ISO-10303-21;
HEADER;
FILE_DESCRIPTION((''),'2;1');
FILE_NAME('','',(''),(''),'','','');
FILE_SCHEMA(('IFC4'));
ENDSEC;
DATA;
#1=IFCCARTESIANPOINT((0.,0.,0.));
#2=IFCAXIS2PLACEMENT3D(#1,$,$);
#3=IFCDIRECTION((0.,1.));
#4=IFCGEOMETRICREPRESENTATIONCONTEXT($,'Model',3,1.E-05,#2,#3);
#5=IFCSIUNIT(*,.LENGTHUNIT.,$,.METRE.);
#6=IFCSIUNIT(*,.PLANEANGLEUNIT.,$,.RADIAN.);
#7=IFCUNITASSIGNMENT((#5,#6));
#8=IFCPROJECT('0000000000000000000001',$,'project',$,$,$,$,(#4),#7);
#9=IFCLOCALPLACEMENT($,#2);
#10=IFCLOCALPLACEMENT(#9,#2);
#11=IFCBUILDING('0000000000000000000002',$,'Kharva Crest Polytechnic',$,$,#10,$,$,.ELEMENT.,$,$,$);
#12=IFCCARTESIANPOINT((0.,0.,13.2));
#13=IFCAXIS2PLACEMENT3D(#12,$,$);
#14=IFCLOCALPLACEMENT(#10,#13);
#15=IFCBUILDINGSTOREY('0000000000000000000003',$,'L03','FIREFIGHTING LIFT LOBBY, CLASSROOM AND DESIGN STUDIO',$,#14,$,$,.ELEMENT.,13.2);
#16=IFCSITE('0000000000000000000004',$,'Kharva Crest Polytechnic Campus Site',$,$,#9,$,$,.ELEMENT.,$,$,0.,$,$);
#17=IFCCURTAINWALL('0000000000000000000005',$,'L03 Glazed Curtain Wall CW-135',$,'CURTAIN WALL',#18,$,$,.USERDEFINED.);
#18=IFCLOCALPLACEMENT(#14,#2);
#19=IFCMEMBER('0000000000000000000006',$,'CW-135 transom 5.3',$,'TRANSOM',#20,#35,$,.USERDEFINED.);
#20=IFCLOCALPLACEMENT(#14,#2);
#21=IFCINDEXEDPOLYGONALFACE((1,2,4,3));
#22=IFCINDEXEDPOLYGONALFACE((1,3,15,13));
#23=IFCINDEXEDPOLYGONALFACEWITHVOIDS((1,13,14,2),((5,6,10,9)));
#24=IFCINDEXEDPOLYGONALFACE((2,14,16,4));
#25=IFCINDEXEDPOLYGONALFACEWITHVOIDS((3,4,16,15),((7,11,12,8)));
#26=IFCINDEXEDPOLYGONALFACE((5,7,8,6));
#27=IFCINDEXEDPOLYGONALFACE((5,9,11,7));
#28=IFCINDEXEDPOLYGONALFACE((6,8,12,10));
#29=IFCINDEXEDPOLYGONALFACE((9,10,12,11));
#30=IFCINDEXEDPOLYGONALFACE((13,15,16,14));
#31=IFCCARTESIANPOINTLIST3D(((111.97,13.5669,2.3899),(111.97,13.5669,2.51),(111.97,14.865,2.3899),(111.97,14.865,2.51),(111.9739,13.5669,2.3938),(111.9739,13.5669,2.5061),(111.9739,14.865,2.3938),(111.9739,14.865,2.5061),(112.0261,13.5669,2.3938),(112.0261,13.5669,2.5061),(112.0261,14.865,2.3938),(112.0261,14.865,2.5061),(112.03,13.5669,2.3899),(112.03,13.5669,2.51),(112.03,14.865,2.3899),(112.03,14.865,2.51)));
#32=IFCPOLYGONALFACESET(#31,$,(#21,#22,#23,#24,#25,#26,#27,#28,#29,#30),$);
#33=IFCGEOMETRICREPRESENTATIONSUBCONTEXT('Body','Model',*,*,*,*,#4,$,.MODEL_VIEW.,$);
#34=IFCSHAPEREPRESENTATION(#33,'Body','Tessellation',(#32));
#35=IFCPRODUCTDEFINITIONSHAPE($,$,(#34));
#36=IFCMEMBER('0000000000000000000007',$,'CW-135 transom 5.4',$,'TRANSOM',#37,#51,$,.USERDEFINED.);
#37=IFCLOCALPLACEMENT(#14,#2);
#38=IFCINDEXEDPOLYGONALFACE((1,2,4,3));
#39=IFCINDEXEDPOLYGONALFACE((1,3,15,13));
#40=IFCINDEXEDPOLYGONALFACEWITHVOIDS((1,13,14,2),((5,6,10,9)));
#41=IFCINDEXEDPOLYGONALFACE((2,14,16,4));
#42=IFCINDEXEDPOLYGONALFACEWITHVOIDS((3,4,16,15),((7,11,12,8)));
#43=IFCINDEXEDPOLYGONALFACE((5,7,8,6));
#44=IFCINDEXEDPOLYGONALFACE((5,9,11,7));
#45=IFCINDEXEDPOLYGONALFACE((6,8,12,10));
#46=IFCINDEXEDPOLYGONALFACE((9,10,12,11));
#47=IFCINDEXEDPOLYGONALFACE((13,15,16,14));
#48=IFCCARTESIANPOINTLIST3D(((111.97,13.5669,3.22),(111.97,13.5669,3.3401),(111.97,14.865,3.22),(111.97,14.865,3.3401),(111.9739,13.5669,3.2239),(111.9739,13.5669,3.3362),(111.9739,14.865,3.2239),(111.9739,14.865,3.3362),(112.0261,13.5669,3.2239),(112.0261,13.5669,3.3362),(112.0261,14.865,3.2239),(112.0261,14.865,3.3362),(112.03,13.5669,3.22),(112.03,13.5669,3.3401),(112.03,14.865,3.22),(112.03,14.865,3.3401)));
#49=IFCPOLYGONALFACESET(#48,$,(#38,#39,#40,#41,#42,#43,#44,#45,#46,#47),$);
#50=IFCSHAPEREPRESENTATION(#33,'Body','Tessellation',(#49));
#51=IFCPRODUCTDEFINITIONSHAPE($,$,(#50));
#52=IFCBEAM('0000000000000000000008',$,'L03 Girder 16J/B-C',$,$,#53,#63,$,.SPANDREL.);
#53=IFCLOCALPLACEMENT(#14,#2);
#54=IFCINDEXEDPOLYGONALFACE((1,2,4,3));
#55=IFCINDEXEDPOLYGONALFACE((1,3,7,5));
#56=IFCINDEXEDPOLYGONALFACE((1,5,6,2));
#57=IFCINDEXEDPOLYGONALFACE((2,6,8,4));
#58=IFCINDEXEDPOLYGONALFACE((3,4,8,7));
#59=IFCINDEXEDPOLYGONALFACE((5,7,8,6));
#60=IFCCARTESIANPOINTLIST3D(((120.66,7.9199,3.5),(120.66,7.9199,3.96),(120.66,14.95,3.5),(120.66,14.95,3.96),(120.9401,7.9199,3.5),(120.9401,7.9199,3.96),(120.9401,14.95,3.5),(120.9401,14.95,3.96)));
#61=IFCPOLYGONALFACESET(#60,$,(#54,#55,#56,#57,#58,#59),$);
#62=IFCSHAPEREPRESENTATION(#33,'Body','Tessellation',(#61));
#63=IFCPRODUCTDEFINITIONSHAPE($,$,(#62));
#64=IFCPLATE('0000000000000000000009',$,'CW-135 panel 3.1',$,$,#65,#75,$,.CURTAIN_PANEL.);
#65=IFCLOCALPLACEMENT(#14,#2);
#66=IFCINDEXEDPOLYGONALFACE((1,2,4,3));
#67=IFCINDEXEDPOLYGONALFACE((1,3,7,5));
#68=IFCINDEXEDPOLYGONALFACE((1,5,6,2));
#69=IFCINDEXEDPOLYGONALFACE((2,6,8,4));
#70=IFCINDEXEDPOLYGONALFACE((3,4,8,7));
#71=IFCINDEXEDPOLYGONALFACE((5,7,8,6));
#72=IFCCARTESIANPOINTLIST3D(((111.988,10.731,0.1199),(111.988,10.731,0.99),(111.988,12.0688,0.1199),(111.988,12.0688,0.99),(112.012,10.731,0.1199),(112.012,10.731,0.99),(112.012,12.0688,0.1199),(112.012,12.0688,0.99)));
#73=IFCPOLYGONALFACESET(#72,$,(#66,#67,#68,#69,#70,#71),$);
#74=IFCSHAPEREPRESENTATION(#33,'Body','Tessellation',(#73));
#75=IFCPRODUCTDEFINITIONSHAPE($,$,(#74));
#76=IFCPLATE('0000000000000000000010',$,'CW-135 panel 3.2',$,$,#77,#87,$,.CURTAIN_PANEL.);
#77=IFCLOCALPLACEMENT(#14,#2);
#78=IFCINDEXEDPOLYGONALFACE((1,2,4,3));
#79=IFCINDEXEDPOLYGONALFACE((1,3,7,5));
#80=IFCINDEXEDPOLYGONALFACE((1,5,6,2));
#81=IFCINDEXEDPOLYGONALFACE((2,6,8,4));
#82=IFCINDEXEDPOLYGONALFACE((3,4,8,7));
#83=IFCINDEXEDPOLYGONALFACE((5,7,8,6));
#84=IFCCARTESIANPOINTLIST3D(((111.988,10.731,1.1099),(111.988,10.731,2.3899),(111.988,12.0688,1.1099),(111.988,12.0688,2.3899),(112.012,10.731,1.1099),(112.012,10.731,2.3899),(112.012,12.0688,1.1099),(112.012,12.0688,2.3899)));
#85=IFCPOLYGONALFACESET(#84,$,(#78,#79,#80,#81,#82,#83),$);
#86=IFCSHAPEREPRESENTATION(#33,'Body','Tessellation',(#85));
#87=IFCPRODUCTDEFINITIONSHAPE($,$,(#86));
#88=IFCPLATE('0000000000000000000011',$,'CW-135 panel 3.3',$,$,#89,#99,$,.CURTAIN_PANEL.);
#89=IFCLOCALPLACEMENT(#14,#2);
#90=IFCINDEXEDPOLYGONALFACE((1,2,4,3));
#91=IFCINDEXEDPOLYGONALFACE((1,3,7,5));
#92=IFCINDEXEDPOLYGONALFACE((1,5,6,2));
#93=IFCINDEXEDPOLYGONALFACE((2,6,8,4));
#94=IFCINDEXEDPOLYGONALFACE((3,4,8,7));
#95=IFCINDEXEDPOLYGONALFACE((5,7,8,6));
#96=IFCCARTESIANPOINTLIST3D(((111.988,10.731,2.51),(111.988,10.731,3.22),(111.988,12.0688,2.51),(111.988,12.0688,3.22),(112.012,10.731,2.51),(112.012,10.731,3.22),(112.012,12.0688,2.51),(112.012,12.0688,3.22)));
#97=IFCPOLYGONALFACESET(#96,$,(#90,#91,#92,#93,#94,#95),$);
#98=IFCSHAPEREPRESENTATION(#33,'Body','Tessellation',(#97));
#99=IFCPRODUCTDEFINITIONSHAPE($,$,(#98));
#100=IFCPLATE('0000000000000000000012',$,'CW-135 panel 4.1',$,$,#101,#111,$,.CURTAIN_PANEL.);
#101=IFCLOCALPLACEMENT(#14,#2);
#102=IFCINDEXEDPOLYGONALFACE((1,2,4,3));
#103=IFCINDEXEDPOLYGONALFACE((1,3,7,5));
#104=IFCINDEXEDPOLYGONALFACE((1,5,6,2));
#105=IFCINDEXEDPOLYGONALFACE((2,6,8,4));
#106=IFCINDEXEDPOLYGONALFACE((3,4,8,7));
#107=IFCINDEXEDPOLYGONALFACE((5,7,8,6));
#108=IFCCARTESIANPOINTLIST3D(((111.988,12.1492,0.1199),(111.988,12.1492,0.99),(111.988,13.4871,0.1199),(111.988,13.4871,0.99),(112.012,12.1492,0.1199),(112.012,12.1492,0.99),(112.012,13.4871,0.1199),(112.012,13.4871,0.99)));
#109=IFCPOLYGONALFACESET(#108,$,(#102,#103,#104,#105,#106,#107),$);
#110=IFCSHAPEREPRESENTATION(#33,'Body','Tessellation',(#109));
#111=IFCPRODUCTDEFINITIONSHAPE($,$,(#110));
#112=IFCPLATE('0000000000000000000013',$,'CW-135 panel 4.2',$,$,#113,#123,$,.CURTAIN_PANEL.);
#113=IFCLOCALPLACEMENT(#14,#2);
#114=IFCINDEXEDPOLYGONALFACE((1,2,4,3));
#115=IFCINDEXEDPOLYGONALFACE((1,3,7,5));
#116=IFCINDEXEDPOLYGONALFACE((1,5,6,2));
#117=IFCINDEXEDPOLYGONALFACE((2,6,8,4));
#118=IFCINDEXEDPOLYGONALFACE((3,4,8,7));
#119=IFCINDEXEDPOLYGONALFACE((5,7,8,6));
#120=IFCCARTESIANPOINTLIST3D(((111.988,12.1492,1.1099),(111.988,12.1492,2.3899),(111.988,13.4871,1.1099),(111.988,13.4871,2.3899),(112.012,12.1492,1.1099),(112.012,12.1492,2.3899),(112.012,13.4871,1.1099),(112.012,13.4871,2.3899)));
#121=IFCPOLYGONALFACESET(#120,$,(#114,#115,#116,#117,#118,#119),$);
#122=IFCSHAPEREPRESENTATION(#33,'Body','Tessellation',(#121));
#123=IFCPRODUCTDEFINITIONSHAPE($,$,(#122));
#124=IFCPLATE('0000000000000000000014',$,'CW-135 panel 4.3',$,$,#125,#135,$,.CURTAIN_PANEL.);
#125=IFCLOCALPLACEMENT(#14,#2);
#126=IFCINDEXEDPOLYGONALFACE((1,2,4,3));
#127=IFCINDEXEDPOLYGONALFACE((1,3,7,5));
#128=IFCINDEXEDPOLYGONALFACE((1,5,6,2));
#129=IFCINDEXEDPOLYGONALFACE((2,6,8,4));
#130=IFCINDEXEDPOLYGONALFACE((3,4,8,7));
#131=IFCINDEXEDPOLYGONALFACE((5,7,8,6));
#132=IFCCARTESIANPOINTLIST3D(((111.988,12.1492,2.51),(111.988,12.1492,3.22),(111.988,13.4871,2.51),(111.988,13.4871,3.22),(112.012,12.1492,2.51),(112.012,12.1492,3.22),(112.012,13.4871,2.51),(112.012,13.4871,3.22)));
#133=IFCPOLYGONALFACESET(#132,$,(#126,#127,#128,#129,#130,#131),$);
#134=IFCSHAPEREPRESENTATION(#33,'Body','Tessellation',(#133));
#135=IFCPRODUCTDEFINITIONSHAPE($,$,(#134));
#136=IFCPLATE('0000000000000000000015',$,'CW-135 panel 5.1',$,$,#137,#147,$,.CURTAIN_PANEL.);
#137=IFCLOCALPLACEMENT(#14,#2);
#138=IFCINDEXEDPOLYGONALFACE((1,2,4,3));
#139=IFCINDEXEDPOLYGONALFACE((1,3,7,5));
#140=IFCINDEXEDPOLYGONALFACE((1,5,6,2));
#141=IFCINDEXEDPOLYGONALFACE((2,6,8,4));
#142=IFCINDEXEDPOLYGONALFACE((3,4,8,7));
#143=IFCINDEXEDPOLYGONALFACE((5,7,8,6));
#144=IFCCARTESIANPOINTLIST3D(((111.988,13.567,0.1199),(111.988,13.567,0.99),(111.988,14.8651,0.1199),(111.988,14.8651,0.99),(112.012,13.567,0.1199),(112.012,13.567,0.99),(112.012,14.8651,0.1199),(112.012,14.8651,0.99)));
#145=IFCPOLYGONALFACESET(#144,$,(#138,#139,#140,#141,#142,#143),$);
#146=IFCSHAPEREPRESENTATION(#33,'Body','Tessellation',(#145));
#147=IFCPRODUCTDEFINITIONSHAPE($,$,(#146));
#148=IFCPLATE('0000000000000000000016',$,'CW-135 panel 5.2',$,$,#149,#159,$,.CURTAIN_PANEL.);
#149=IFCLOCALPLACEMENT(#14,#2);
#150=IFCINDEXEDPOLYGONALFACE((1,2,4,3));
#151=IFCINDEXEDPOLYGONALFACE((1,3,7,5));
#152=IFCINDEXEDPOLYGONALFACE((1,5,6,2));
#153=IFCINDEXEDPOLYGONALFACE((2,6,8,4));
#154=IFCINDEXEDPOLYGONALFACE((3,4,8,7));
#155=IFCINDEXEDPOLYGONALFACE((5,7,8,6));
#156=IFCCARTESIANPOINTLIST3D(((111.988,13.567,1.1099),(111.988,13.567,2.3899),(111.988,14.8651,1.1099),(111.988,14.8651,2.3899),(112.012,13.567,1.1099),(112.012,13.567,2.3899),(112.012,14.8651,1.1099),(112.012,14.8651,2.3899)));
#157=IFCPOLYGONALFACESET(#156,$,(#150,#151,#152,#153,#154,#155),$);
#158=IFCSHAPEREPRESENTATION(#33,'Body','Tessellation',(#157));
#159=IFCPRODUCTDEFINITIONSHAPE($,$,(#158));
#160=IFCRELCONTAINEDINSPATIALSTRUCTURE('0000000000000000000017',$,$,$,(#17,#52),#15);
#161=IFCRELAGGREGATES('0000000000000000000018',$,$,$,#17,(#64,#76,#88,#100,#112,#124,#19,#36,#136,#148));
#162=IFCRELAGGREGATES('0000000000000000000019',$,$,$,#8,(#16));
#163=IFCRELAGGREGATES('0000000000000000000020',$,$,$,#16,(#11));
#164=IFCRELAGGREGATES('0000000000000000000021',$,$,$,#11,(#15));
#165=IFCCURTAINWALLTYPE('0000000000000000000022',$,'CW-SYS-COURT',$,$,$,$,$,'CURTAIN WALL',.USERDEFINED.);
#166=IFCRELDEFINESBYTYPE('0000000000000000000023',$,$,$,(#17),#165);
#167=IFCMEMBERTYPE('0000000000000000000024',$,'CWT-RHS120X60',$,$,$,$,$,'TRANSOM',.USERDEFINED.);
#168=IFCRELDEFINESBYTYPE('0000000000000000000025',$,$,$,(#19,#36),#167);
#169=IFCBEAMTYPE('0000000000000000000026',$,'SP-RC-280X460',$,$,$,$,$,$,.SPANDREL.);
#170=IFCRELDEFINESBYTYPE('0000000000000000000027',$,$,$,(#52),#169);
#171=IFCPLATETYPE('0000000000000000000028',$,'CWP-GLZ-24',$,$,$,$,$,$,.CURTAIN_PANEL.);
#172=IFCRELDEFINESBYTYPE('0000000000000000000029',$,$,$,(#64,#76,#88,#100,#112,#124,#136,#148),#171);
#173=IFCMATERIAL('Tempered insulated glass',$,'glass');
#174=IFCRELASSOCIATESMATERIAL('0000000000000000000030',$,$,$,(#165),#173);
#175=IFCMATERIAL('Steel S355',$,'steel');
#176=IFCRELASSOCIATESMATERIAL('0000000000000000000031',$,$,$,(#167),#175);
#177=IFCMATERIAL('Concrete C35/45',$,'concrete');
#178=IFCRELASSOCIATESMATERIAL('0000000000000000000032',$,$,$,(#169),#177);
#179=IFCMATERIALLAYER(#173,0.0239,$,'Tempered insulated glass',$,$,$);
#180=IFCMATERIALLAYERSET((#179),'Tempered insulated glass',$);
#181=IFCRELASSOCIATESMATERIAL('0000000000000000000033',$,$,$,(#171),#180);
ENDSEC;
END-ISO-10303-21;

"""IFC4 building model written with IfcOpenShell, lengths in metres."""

from ifc_helpers import new_model, si_unit, direction, frame, origin, origin_2d, place, context, subcontext, project, spatial, rectangle, hollow_rectangle, extrude, material, layer, layer_set, material_profile, profile_set, type_object, element, aggregate, save


model = new_model("IFC4")

# Units and contexts
model_context = context("Model", 3, precision=1e-05, world=origin(), true_north=direction((0.0, 1.0)))
body_context = subcontext(model_context, "Body", "Model", "MODEL_VIEW")
ifc_project = project(units=[si_unit("LENGTHUNIT", "METRE"), si_unit("PLANEANGLEUNIT", "RADIAN")], contexts=[model_context])

# Site, building, storey
site_placement = place(None, origin())
site = spatial("IfcSite", under=ifc_project, at=site_placement, Name="Kharva Crest Polytechnic Campus Site", CompositionType="ELEMENT", RefElevation=0.0)
building_placement = place(site_placement, origin())
building = spatial("IfcBuilding", under=site, at=building_placement, Name="Kharva Crest Polytechnic", CompositionType="ELEMENT")
storey_placement = place(building_placement, frame((0.0, 0.0, 13.2)))
storey = spatial("IfcBuildingStorey", under=building, at=storey_placement, Name="L03", Description="FIREFIGHTING LIFT LOBBY, CLASSROOM AND DESIGN STUDIO", CompositionType="ELEMENT", Elevation=13.2)

# Curtain wall, members
ifc_material_1 = material(Name="Tempered insulated glass", Category="glass")
curtain_wall_type = type_object("IfcCurtainWallType", Name="CW-SYS-COURT", ElementType="CURTAIN WALL", PredefinedType="USERDEFINED", material=ifc_material_1)
curtain_wall_placement = place(storey_placement, origin())
curtain_wall = element("IfcCurtainWall", 1, at=curtain_wall_placement, inside=storey, type_object=curtain_wall_type, Name="L03 Glazed Curtain Wall CW-135", ObjectType="CURTAIN WALL", PredefinedType="USERDEFINED")
ifc_material_2 = material(Name="Steel S355", Category="steel")
ifc_material_profile_1 = material_profile(ifc_material_2, hollow_rectangle(XDim=0.0601, YDim=0.1201, WallThickness=0.0039, at=origin_2d()), Name="RHS 120X60X4.0")
ifc_profile_set_1 = profile_set([ifc_material_profile_1], Name="Steel S355")
member_type_1 = type_object("IfcMemberType", Name="CWT-RHS120X60", ElementType="TRANSOM", PredefinedType="USERDEFINED", material=ifc_profile_set_1)
member_1_placement = place(storey_placement, frame((112.0, 13.5669, 2.45), z_axis=(0.0, 1.0, 0.0), x_axis=(-1.0, 0.0, 0.0)))
member_1 = element("IfcMember", 2, at=member_1_placement, type_object=member_type_1, Name="CW-135 transom 5.3", ObjectType="TRANSOM", PredefinedType="USERDEFINED", context=body_context, shape_type="SweptSolid", body=[
    extrude(hollow_rectangle(XDim=0.0601, YDim=0.1201, WallThickness=0.0039, at=origin_2d()), origin(), (0.0, 0.0, 1.0), 1.2981),
])
member_2_placement = place(storey_placement, frame((112.0, 13.5669, 3.28), z_axis=(0.0, 1.0, 0.0), x_axis=(-1.0, 0.0, 0.0)))
member_2 = element("IfcMember", 3, at=member_2_placement, type_object=member_type_1, Name="CW-135 transom 5.4", ObjectType="TRANSOM", PredefinedType="USERDEFINED", context=body_context, shape_type="SweptSolid", body=[
    extrude(hollow_rectangle(XDim=0.0601, YDim=0.1201, WallThickness=0.0039, at=origin_2d()), origin(), (0.0, 0.0, 1.0), 1.2981),
])

# Beam
ifc_material_3 = material(Name="Concrete C35/45", Category="concrete")
ifc_material_profile_2 = material_profile(ifc_material_3, rectangle(XDim=0.28, YDim=0.46, at=origin_2d()), Name="RECT 280 X 460")
ifc_profile_set_2 = profile_set([ifc_material_profile_2], Name="Concrete C35/45")
beam_type = type_object("IfcBeamType", Name="SP-RC-280X460", PredefinedType="SPANDREL", material=ifc_profile_set_2)
beam_placement = place(storey_placement, frame((120.8, 7.9199, 3.73), z_axis=(0.0, 1.0, 0.0), x_axis=(-1.0, 0.0, 0.0)))
element("IfcBeam", 4, at=beam_placement, inside=storey, type_object=beam_type, Name="L03 Girder 16J/B-C", PredefinedType="SPANDREL", context=body_context, shape_type="SweptSolid", body=[
    extrude(rectangle(XDim=0.28, YDim=0.46, at=origin_2d()), origin(), (0.0, 0.0, 1.0), 7.03),
])

# Plates
ifc_layer = layer(ifc_material_1, 0.0239, Name="Tempered insulated glass")
ifc_layer_set = layer_set([ifc_layer], Name="Tempered insulated glass")
plate_type = type_object("IfcPlateType", Name="CWP-GLZ-24", PredefinedType="CURTAIN_PANEL", material=ifc_layer_set)
plate_1_placement = place(storey_placement, frame((112.0, 11.3999, 0.1199), z_axis=(0.0, 0.0, 1.0), x_axis=(0.0, 1.0, 0.0)))
plate_1 = element("IfcPlate", 5, at=plate_1_placement, type_object=plate_type, Name="CW-135 panel 3.1", PredefinedType="CURTAIN_PANEL", context=body_context, shape_type="SweptSolid", body=[
    extrude(rectangle(XDim=1.3379, YDim=0.0239, at=origin_2d()), origin(), (0.0, 0.0, 1.0), 0.8701),
])
plate_2_placement = place(storey_placement, frame((112.0, 11.3999, 1.1099), z_axis=(0.0, 0.0, 1.0), x_axis=(0.0, 1.0, 0.0)))
plate_2 = element("IfcPlate", 6, at=plate_2_placement, type_object=plate_type, Name="CW-135 panel 3.2", PredefinedType="CURTAIN_PANEL", context=body_context, shape_type="SweptSolid", body=[
    extrude(rectangle(XDim=1.3379, YDim=0.0239, at=origin_2d()), origin(), (0.0, 0.0, 1.0), 1.28),
])
plate_3_placement = place(storey_placement, frame((112.0, 11.3999, 2.51), z_axis=(0.0, 0.0, 1.0), x_axis=(0.0, 1.0, 0.0)))
plate_3 = element("IfcPlate", 7, at=plate_3_placement, type_object=plate_type, Name="CW-135 panel 3.3", PredefinedType="CURTAIN_PANEL", context=body_context, shape_type="SweptSolid", body=[
    extrude(rectangle(XDim=1.3379, YDim=0.0239, at=origin_2d()), origin(), (0.0, 0.0, 1.0), 0.71),
])
plate_4_placement = place(storey_placement, frame((112.0, 12.8181, 0.1199), z_axis=(0.0, 0.0, 1.0), x_axis=(0.0, 1.0, 0.0)))
plate_4 = element("IfcPlate", 8, at=plate_4_placement, type_object=plate_type, Name="CW-135 panel 4.1", PredefinedType="CURTAIN_PANEL", context=body_context, shape_type="SweptSolid", body=[
    extrude(rectangle(XDim=1.3379, YDim=0.0239, at=origin_2d()), origin(), (0.0, 0.0, 1.0), 0.8701),
])
plate_5_placement = place(storey_placement, frame((112.0, 12.8181, 1.1099), z_axis=(0.0, 0.0, 1.0), x_axis=(0.0, 1.0, 0.0)))
plate_5 = element("IfcPlate", 9, at=plate_5_placement, type_object=plate_type, Name="CW-135 panel 4.2", PredefinedType="CURTAIN_PANEL", context=body_context, shape_type="SweptSolid", body=[
    extrude(rectangle(XDim=1.3379, YDim=0.0239, at=origin_2d()), origin(), (0.0, 0.0, 1.0), 1.28),
])
plate_6_placement = place(storey_placement, frame((112.0, 12.8181, 2.51), z_axis=(0.0, 0.0, 1.0), x_axis=(0.0, 1.0, 0.0)))
plate_6 = element("IfcPlate", 10, at=plate_6_placement, type_object=plate_type, Name="CW-135 panel 4.3", PredefinedType="CURTAIN_PANEL", context=body_context, shape_type="SweptSolid", body=[
    extrude(rectangle(XDim=1.3379, YDim=0.0239, at=origin_2d()), origin(), (0.0, 0.0, 1.0), 0.71),
])
plate_7_placement = place(storey_placement, frame((112.0, 14.2161, 0.1199), z_axis=(0.0, 0.0, 1.0), x_axis=(0.0, 1.0, 0.0)))
plate_7 = element("IfcPlate", 11, at=plate_7_placement, type_object=plate_type, Name="CW-135 panel 5.1", PredefinedType="CURTAIN_PANEL", context=body_context, shape_type="SweptSolid", body=[
    extrude(rectangle(XDim=1.2981, YDim=0.0239, at=origin_2d()), origin(), (0.0, 0.0, 1.0), 0.8701),
])
plate_8_placement = place(storey_placement, frame((112.0, 14.2161, 1.1099), z_axis=(0.0, 0.0, 1.0), x_axis=(0.0, 1.0, 0.0)))
plate_8 = element("IfcPlate", 12, at=plate_8_placement, type_object=plate_type, Name="CW-135 panel 5.2", PredefinedType="CURTAIN_PANEL", context=body_context, shape_type="SweptSolid", body=[
    extrude(rectangle(XDim=1.2981, YDim=0.0239, at=origin_2d()), origin(), (0.0, 0.0, 1.0), 1.28),
])
aggregate(curtain_wall, [plate_1, plate_2, plate_3, plate_4, plate_5, plate_6, member_1, member_2, plate_7, plate_8])

save(model, "model.ifc")
